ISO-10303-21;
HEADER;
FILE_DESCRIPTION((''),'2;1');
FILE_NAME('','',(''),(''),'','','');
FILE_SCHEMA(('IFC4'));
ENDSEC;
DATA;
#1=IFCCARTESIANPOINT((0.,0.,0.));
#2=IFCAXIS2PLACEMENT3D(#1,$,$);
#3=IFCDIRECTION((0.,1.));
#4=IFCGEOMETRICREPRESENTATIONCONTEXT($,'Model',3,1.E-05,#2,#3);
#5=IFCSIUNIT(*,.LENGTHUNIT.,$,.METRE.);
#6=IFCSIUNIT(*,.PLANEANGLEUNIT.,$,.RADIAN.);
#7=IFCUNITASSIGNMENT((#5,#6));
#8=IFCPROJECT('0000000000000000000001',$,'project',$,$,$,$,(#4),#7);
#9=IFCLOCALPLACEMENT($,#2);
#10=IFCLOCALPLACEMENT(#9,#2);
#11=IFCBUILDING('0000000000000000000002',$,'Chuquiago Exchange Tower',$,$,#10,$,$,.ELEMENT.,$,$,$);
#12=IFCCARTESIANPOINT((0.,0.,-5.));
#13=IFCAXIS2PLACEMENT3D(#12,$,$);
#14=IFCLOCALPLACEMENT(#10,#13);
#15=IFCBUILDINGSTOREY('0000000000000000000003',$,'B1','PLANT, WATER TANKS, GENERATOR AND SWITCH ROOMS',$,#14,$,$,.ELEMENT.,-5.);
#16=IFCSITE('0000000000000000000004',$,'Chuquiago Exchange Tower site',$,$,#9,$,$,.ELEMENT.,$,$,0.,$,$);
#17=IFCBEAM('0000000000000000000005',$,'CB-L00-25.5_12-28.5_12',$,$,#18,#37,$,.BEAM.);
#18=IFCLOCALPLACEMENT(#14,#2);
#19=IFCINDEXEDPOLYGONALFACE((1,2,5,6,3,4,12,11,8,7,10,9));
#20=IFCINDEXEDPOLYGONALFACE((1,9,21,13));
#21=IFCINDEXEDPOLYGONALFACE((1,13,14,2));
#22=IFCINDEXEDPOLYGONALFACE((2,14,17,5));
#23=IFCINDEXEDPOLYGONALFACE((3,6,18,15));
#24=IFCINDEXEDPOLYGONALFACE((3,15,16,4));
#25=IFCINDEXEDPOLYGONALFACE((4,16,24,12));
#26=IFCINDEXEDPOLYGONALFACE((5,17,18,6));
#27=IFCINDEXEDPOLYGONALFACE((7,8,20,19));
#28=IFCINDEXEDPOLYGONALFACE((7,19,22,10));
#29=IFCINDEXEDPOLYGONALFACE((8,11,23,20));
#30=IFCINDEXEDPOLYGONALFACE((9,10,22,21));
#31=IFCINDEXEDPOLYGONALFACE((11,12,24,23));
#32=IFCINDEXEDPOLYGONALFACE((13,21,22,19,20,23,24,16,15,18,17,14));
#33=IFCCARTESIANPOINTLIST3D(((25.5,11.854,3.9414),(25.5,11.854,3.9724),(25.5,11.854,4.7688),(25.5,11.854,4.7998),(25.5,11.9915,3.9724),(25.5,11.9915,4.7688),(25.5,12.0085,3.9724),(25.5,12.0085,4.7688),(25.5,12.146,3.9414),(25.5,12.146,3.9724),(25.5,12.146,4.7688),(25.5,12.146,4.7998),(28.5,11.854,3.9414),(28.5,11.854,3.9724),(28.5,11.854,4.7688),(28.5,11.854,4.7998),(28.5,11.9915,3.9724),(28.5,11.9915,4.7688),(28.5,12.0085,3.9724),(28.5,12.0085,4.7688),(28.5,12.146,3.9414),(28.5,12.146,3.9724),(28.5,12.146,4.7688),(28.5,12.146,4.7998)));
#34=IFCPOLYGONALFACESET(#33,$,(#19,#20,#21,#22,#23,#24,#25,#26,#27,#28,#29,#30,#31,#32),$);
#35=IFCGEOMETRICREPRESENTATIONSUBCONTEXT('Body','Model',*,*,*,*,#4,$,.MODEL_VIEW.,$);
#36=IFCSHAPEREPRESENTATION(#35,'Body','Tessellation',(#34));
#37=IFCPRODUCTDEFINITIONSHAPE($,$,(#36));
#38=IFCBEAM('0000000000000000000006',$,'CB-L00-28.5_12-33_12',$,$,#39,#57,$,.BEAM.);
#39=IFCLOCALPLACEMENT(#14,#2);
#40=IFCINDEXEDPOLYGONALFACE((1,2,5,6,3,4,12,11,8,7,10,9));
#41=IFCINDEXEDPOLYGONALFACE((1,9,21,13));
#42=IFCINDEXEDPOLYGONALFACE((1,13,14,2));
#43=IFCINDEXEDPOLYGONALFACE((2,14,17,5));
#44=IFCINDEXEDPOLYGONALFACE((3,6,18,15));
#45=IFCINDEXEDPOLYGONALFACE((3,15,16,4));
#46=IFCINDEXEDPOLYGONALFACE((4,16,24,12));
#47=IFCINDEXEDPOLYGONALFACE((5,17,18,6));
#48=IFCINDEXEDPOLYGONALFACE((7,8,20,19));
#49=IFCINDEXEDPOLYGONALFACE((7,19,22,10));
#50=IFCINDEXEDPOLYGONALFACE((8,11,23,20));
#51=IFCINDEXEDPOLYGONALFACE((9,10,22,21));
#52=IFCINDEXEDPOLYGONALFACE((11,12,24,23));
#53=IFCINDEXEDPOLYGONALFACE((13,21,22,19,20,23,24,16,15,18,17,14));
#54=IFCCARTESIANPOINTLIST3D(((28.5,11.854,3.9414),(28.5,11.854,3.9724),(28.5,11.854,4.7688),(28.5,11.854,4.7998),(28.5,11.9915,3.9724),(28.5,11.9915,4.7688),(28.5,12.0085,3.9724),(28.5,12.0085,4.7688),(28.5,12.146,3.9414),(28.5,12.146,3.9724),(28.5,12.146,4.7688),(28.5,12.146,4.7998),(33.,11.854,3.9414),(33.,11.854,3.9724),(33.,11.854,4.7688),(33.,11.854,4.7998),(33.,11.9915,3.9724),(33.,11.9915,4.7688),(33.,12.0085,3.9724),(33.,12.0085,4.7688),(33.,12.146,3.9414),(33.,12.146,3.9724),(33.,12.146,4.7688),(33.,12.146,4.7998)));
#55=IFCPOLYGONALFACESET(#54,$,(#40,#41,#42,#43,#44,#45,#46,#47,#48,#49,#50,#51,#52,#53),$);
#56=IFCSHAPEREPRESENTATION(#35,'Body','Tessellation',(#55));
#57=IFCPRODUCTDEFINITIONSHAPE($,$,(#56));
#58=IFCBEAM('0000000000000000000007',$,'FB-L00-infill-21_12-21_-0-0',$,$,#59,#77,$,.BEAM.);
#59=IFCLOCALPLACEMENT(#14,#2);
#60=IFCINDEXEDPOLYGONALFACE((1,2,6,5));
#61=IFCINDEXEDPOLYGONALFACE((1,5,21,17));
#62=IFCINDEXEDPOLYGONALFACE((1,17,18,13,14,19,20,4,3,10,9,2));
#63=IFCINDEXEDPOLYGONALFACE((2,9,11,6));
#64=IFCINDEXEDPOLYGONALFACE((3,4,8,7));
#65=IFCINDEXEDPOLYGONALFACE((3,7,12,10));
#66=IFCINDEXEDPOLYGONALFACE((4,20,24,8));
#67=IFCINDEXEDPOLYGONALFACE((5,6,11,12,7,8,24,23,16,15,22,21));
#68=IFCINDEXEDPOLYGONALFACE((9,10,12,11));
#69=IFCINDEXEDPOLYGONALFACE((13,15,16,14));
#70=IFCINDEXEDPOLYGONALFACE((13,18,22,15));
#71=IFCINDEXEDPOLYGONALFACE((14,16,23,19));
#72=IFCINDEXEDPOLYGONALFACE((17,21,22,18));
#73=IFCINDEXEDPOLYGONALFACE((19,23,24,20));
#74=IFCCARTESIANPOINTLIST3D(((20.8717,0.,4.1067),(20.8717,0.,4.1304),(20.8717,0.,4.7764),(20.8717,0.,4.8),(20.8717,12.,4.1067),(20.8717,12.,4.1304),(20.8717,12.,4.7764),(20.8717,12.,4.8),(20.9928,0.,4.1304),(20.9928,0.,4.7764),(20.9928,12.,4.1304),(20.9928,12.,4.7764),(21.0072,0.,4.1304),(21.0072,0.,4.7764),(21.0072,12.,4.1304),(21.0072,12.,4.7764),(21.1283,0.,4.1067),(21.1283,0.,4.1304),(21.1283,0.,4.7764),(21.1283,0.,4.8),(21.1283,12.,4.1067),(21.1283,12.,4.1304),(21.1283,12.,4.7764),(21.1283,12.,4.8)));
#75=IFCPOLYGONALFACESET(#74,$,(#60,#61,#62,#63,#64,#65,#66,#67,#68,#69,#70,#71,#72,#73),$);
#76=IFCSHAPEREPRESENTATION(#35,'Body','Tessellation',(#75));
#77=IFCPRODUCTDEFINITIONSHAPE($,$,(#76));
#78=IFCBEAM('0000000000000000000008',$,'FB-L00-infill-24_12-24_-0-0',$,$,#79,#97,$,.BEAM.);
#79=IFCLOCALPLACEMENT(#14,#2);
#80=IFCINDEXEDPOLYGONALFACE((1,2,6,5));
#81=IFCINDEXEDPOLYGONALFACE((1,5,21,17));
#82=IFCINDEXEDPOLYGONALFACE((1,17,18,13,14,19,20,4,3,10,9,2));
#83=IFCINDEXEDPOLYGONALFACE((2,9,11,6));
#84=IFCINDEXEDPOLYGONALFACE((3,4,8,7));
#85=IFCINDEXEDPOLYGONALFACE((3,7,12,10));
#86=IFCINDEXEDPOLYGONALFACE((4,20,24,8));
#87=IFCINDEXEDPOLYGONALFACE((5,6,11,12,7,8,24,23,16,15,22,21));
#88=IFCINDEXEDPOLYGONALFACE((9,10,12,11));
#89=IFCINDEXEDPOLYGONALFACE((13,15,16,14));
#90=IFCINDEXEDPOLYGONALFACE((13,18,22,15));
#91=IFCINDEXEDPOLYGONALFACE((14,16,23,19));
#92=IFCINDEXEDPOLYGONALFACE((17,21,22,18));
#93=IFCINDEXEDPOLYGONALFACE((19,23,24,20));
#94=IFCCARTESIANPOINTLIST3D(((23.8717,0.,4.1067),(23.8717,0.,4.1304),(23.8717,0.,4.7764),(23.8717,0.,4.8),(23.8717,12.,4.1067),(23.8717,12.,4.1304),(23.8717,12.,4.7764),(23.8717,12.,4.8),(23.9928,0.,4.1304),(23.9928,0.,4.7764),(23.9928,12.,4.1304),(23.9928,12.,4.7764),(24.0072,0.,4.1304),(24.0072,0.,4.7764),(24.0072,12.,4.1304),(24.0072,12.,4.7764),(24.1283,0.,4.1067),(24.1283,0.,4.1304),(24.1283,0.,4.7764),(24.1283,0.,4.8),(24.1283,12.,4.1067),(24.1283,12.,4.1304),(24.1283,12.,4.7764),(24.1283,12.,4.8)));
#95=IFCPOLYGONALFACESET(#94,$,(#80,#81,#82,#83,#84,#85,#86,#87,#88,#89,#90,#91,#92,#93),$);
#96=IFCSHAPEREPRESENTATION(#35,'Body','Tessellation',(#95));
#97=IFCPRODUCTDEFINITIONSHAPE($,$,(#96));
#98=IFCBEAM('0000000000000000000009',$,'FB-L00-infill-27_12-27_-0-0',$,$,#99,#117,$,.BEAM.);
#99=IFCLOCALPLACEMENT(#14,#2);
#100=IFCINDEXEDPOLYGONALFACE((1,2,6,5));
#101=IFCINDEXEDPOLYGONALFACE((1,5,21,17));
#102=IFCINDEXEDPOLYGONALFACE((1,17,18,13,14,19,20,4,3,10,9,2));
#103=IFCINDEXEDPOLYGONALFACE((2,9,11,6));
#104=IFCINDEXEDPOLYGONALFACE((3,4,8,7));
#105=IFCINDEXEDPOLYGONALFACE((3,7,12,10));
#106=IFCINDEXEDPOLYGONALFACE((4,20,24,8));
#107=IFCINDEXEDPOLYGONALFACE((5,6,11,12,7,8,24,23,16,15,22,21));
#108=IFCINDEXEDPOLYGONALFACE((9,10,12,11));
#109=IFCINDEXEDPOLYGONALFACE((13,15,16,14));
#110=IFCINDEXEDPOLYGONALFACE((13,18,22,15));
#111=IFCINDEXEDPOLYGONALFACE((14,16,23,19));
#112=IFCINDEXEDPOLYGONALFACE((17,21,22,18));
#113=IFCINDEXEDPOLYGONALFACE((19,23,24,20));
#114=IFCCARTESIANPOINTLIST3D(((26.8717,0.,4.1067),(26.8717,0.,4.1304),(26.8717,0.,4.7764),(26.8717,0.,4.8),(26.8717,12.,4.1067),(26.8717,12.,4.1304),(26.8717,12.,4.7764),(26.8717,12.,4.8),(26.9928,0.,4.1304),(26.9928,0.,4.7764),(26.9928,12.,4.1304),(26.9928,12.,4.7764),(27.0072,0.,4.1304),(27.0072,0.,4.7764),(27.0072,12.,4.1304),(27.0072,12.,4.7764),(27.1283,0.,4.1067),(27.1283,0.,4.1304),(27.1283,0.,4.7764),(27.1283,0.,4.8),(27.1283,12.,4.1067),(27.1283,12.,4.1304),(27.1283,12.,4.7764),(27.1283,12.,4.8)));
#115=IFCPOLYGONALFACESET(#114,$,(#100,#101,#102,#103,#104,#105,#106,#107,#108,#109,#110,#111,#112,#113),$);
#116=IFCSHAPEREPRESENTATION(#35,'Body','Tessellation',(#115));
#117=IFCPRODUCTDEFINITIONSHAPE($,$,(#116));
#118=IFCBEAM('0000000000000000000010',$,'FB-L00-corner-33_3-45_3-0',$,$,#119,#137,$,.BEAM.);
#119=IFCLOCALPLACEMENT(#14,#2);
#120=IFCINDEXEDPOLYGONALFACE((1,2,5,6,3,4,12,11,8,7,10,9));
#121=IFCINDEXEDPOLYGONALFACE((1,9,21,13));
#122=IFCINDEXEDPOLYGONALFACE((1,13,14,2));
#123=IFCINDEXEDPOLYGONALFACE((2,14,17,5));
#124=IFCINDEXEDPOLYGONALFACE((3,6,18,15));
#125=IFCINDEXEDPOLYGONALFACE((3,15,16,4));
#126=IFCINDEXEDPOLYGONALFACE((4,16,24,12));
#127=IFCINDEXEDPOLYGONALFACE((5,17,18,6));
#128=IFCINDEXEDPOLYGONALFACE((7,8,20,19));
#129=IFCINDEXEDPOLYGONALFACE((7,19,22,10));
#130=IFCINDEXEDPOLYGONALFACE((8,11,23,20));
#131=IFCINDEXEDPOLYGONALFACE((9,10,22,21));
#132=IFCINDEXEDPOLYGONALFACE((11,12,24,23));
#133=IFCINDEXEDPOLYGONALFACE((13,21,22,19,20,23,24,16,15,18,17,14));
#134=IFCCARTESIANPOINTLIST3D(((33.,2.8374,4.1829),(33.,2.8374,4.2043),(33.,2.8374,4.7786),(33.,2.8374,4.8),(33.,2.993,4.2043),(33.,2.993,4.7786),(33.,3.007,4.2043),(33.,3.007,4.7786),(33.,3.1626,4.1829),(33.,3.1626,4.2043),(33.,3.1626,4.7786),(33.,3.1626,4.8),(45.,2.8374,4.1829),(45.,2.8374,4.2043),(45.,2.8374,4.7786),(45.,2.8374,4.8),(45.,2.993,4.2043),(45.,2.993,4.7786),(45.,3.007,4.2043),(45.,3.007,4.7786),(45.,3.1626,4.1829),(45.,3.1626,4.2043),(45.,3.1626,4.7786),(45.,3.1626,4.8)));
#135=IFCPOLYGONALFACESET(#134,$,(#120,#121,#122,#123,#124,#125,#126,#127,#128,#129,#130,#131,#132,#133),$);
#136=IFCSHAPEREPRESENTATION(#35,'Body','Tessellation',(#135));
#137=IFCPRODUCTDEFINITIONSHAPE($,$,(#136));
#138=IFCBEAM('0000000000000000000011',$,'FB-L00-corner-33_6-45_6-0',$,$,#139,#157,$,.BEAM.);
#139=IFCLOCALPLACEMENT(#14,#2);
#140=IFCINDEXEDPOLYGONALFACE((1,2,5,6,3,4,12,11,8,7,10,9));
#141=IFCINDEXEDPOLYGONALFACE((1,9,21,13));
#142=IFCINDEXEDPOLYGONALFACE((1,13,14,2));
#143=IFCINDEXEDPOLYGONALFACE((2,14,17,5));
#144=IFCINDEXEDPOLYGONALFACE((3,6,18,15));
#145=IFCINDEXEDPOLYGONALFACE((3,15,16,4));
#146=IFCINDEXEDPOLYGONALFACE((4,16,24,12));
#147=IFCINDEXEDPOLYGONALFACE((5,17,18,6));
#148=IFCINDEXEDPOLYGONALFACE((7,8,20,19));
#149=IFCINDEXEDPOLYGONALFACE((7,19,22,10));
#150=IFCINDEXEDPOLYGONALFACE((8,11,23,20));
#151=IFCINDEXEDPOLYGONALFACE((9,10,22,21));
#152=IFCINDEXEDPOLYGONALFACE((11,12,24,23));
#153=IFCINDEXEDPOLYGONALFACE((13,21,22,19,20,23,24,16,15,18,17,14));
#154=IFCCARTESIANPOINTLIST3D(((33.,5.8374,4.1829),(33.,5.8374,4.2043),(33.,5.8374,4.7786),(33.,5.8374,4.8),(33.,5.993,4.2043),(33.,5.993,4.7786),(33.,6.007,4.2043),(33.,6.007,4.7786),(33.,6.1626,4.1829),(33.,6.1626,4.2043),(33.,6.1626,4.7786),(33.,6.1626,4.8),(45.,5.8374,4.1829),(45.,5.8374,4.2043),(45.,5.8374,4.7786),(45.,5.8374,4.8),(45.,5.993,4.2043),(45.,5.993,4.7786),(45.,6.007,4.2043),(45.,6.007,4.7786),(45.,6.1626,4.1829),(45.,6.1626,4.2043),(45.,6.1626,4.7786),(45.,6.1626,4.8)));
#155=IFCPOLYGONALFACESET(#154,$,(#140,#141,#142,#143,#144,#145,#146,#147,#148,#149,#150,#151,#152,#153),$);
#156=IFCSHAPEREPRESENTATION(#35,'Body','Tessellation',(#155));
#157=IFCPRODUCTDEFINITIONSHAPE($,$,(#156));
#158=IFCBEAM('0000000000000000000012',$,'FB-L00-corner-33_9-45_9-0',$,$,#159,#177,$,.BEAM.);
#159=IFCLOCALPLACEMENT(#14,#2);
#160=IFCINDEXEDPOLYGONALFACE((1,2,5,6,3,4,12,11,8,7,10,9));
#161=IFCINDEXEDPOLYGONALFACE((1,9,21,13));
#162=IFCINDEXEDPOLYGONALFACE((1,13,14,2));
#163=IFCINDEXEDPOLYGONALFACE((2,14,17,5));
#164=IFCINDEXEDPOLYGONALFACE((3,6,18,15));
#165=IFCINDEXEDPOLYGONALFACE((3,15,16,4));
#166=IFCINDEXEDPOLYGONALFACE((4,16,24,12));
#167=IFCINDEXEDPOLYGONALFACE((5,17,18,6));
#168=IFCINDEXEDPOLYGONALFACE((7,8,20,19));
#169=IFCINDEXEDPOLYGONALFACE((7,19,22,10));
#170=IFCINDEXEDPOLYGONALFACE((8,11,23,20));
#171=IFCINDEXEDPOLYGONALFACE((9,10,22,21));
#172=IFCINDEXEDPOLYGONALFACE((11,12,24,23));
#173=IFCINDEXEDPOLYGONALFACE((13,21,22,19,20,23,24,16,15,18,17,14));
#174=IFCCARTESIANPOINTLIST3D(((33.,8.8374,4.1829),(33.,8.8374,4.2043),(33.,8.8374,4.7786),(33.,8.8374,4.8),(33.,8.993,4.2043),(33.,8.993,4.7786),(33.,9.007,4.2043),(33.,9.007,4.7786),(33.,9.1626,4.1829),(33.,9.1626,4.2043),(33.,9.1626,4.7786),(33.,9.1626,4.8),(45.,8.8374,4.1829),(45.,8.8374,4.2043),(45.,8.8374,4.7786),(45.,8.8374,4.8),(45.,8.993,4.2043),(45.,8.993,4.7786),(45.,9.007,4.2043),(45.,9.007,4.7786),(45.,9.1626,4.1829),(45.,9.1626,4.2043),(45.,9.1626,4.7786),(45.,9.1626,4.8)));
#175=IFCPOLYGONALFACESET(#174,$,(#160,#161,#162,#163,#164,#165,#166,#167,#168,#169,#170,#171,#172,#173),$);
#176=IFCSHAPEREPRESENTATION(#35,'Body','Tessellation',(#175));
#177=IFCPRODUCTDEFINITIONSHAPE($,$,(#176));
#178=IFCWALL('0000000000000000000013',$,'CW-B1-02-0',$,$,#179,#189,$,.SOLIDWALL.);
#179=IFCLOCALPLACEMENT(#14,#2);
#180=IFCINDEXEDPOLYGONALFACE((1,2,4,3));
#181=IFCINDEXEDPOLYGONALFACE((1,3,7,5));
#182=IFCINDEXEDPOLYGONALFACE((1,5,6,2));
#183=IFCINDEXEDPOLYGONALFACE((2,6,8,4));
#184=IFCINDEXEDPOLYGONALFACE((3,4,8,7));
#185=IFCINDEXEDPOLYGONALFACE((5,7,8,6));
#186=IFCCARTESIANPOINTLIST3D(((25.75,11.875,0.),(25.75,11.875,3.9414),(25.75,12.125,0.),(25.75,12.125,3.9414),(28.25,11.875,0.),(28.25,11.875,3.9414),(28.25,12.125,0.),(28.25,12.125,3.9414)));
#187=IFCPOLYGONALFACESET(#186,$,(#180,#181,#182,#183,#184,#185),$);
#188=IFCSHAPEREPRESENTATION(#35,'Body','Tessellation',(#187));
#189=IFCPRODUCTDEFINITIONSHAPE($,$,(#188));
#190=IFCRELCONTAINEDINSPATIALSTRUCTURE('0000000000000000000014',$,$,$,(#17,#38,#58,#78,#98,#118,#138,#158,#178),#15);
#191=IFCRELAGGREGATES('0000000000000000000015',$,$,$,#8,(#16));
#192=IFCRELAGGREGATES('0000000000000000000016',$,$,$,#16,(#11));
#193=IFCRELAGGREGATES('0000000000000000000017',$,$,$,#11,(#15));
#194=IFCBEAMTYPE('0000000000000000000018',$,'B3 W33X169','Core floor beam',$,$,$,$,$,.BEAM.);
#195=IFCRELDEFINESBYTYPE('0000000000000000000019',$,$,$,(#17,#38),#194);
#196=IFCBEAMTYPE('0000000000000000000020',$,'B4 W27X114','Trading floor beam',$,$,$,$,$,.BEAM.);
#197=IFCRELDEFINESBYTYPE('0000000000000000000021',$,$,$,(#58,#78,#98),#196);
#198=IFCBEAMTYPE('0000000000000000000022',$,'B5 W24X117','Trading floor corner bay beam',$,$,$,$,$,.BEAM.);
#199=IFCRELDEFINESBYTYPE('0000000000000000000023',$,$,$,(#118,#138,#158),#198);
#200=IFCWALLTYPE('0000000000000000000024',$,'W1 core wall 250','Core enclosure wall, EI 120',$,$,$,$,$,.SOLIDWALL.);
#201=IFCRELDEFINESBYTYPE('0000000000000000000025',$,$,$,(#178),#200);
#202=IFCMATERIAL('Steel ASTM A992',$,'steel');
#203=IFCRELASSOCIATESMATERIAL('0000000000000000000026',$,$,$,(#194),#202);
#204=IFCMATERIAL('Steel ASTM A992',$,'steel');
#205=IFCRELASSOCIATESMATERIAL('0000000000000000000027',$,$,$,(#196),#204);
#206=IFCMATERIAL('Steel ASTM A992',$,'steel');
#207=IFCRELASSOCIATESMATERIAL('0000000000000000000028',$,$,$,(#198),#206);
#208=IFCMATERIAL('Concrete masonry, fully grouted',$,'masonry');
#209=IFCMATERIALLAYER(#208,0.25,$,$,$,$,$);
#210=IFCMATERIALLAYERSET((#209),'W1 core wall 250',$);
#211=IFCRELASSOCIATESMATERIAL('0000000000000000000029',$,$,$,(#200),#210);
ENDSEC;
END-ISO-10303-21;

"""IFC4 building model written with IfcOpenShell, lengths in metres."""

from ifc_helpers import new_model, si_unit, direction, frame, frame_2d, origin, origin_2d, place, context, subcontext, project, spatial, rectangle, i_section, extrude, material, layer, layer_set, material_profile, profile_set, type_object, element, save


model = new_model("IFC4")

# Units and contexts
model_context = context("Model", 3, precision=1e-05, world=origin(), true_north=direction((0.0, 1.0)))
body_context = subcontext(model_context, "Body", "Model", "MODEL_VIEW")
ifc_project = project(units=[si_unit("LENGTHUNIT", "METRE"), si_unit("PLANEANGLEUNIT", "RADIAN")], contexts=[model_context])

# Site, building, storey
site_placement = place(None, origin())
site = spatial("IfcSite", under=ifc_project, at=site_placement, Name="Chuquiago Exchange Tower site", CompositionType="ELEMENT", RefElevation=0.0)
building_placement = place(site_placement, origin())
building = spatial("IfcBuilding", under=site, at=building_placement, Name="Chuquiago Exchange Tower", CompositionType="ELEMENT")
storey_placement = place(building_placement, frame((0.0, 0.0, -5.0)))
storey = spatial("IfcBuildingStorey", under=building, at=storey_placement, Name="B1", Description="PLANT, WATER TANKS, GENERATOR AND SWITCH ROOMS", CompositionType="ELEMENT", Elevation=-5.0)

# Beams
ifc_material_1 = material(Name="Steel ASTM A992", Category="steel")
ifc_material_profile_1 = material_profile(ifc_material_1, i_section(OverallWidth=0.292, OverallDepth=0.8584, WebThickness=0.0171, FlangeThickness=0.031, at=origin_2d()), Name="W33X169")
ifc_profile_set_1 = profile_set([ifc_material_profile_1], Name="Steel ASTM A992")
beam_type_1 = type_object("IfcBeamType", Name="B3 W33X169", Description="Core floor beam", PredefinedType="BEAM", material=ifc_profile_set_1)
beam_1_placement = place(storey_placement, frame((25.5, 12.0, 4.3706), z_axis=(1.0, 0.0, 0.0), x_axis=(0.0, 1.0, 0.0)))
element("IfcBeam", 1, at=beam_1_placement, inside=storey, type_object=beam_type_1, Name="CB-L00-25.5_12-28.5_12", PredefinedType="BEAM", context=body_context, shape_type="SweptSolid", body=[
    extrude(i_section(OverallWidth=0.292, OverallDepth=0.8584, WebThickness=0.0171, FlangeThickness=0.031, at=origin_2d()), origin(), (0.0, 0.0, 1.0), 3.0),
])
beam_2_placement = place(storey_placement, frame((28.5, 12.0, 4.3706), z_axis=(1.0, 0.0, 0.0), x_axis=(0.0, 1.0, 0.0)))
element("IfcBeam", 2, at=beam_2_placement, inside=storey, type_object=beam_type_1, Name="CB-L00-28.5_12-33_12", PredefinedType="BEAM", context=body_context, shape_type="SweptSolid", body=[
    extrude(i_section(OverallWidth=0.292, OverallDepth=0.8584, WebThickness=0.0171, FlangeThickness=0.031, at=origin_2d()), origin(), (0.0, 0.0, 1.0), 4.5),
])
ifc_material_2 = material(Name="Steel ASTM A992", Category="steel")
ifc_material_profile_2 = material_profile(ifc_material_2, i_section(OverallWidth=0.2566, OverallDepth=0.6934, WebThickness=0.0144, FlangeThickness=0.0237, at=origin_2d()), Name="W27X114")
ifc_profile_set_2 = profile_set([ifc_material_profile_2], Name="Steel ASTM A992")
beam_type_2 = type_object("IfcBeamType", Name="B4 W27X114", Description="Trading floor beam", PredefinedType="BEAM", material=ifc_profile_set_2)
for number, where, z_axis, x_axis, name in (
    (3, (21.0, 12.0, 4.4534), (0.0, -1.0, 0.0), (1.0, 0.0, 0.0), "FB-L00-infill-21_12-21_-0-0"),
    (4, (24.0, 12.0, 4.4534), (0.0, -1.0, 0.0), (1.0, 0.0, 0.0), "FB-L00-infill-24_12-24_-0-0"),
    (5, (27.0, 12.0, 4.4534), (0.0, -1.0, 0.0), (1.0, 0.0, 0.0), "FB-L00-infill-27_12-27_-0-0"),
):
    element("IfcBeam", number, at=place(storey_placement, frame(where, z_axis=z_axis, x_axis=x_axis)), inside=storey, type_object=beam_type_2, Name=name, PredefinedType="BEAM", context=body_context, shape_type="SweptSolid", body=[
        extrude(i_section(OverallWidth=0.2566, OverallDepth=0.6934, WebThickness=0.0144, FlangeThickness=0.0237, at=origin_2d()), origin(), (0.0, 0.0, 1.0), 12.0),
    ])
ifc_material_3 = material(Name="Steel ASTM A992", Category="steel")
ifc_material_profile_3 = material_profile(ifc_material_3, i_section(OverallWidth=0.3252, OverallDepth=0.6172, WebThickness=0.0139, FlangeThickness=0.0215, at=origin_2d()), Name="W24X117")
ifc_profile_set_3 = profile_set([ifc_material_profile_3], Name="Steel ASTM A992")
beam_type_3 = type_object("IfcBeamType", Name="B5 W24X117", Description="Trading floor corner bay beam", PredefinedType="BEAM", material=ifc_profile_set_3)
for number, where, z_axis, x_axis, name in (
    (6, (33.0, 3.0, 4.4915), (1.0, 0.0, 0.0), (0.0, 1.0, 0.0), "FB-L00-corner-33_3-45_3-0"),
    (7, (33.0, 6.0, 4.4915), (1.0, 0.0, 0.0), (0.0, 1.0, 0.0), "FB-L00-corner-33_6-45_6-0"),
    (8, (33.0, 9.0, 4.4915), (1.0, 0.0, 0.0), (0.0, 1.0, 0.0), "FB-L00-corner-33_9-45_9-0"),
):
    element("IfcBeam", number, at=place(storey_placement, frame(where, z_axis=z_axis, x_axis=x_axis)), inside=storey, type_object=beam_type_3, Name=name, PredefinedType="BEAM", context=body_context, shape_type="SweptSolid", body=[
        extrude(i_section(OverallWidth=0.3252, OverallDepth=0.6172, WebThickness=0.0139, FlangeThickness=0.0215, at=origin_2d()), origin(), (0.0, 0.0, 1.0), 12.0),
    ])

# Wall
ifc_material_4 = material(Name="Concrete masonry, fully grouted", Category="masonry")
ifc_layer = layer(ifc_material_4, 0.25)
ifc_layer_set = layer_set([ifc_layer], Name="W1 core wall 250")
wall_type = type_object("IfcWallType", Name="W1 core wall 250", Description="Core enclosure wall, EI 120", PredefinedType="SOLIDWALL", material=ifc_layer_set)
wall_placement = place(storey_placement, frame((25.75, 12.0, 0.0), z_axis=(0.0, 0.0, 1.0), x_axis=(1.0, 0.0, 0.0)))
element("IfcWall", 9, at=wall_placement, inside=storey, type_object=wall_type, Name="CW-B1-02-0", PredefinedType="SOLIDWALL", context=body_context, shape_type="SweptSolid", body=[
    extrude(rectangle(XDim=2.5, YDim=0.25, at=frame_2d((1.25, 0.0))), origin(), (0.0, 0.0, 1.0), 3.9414),
])

save(model, "model.ifc")
